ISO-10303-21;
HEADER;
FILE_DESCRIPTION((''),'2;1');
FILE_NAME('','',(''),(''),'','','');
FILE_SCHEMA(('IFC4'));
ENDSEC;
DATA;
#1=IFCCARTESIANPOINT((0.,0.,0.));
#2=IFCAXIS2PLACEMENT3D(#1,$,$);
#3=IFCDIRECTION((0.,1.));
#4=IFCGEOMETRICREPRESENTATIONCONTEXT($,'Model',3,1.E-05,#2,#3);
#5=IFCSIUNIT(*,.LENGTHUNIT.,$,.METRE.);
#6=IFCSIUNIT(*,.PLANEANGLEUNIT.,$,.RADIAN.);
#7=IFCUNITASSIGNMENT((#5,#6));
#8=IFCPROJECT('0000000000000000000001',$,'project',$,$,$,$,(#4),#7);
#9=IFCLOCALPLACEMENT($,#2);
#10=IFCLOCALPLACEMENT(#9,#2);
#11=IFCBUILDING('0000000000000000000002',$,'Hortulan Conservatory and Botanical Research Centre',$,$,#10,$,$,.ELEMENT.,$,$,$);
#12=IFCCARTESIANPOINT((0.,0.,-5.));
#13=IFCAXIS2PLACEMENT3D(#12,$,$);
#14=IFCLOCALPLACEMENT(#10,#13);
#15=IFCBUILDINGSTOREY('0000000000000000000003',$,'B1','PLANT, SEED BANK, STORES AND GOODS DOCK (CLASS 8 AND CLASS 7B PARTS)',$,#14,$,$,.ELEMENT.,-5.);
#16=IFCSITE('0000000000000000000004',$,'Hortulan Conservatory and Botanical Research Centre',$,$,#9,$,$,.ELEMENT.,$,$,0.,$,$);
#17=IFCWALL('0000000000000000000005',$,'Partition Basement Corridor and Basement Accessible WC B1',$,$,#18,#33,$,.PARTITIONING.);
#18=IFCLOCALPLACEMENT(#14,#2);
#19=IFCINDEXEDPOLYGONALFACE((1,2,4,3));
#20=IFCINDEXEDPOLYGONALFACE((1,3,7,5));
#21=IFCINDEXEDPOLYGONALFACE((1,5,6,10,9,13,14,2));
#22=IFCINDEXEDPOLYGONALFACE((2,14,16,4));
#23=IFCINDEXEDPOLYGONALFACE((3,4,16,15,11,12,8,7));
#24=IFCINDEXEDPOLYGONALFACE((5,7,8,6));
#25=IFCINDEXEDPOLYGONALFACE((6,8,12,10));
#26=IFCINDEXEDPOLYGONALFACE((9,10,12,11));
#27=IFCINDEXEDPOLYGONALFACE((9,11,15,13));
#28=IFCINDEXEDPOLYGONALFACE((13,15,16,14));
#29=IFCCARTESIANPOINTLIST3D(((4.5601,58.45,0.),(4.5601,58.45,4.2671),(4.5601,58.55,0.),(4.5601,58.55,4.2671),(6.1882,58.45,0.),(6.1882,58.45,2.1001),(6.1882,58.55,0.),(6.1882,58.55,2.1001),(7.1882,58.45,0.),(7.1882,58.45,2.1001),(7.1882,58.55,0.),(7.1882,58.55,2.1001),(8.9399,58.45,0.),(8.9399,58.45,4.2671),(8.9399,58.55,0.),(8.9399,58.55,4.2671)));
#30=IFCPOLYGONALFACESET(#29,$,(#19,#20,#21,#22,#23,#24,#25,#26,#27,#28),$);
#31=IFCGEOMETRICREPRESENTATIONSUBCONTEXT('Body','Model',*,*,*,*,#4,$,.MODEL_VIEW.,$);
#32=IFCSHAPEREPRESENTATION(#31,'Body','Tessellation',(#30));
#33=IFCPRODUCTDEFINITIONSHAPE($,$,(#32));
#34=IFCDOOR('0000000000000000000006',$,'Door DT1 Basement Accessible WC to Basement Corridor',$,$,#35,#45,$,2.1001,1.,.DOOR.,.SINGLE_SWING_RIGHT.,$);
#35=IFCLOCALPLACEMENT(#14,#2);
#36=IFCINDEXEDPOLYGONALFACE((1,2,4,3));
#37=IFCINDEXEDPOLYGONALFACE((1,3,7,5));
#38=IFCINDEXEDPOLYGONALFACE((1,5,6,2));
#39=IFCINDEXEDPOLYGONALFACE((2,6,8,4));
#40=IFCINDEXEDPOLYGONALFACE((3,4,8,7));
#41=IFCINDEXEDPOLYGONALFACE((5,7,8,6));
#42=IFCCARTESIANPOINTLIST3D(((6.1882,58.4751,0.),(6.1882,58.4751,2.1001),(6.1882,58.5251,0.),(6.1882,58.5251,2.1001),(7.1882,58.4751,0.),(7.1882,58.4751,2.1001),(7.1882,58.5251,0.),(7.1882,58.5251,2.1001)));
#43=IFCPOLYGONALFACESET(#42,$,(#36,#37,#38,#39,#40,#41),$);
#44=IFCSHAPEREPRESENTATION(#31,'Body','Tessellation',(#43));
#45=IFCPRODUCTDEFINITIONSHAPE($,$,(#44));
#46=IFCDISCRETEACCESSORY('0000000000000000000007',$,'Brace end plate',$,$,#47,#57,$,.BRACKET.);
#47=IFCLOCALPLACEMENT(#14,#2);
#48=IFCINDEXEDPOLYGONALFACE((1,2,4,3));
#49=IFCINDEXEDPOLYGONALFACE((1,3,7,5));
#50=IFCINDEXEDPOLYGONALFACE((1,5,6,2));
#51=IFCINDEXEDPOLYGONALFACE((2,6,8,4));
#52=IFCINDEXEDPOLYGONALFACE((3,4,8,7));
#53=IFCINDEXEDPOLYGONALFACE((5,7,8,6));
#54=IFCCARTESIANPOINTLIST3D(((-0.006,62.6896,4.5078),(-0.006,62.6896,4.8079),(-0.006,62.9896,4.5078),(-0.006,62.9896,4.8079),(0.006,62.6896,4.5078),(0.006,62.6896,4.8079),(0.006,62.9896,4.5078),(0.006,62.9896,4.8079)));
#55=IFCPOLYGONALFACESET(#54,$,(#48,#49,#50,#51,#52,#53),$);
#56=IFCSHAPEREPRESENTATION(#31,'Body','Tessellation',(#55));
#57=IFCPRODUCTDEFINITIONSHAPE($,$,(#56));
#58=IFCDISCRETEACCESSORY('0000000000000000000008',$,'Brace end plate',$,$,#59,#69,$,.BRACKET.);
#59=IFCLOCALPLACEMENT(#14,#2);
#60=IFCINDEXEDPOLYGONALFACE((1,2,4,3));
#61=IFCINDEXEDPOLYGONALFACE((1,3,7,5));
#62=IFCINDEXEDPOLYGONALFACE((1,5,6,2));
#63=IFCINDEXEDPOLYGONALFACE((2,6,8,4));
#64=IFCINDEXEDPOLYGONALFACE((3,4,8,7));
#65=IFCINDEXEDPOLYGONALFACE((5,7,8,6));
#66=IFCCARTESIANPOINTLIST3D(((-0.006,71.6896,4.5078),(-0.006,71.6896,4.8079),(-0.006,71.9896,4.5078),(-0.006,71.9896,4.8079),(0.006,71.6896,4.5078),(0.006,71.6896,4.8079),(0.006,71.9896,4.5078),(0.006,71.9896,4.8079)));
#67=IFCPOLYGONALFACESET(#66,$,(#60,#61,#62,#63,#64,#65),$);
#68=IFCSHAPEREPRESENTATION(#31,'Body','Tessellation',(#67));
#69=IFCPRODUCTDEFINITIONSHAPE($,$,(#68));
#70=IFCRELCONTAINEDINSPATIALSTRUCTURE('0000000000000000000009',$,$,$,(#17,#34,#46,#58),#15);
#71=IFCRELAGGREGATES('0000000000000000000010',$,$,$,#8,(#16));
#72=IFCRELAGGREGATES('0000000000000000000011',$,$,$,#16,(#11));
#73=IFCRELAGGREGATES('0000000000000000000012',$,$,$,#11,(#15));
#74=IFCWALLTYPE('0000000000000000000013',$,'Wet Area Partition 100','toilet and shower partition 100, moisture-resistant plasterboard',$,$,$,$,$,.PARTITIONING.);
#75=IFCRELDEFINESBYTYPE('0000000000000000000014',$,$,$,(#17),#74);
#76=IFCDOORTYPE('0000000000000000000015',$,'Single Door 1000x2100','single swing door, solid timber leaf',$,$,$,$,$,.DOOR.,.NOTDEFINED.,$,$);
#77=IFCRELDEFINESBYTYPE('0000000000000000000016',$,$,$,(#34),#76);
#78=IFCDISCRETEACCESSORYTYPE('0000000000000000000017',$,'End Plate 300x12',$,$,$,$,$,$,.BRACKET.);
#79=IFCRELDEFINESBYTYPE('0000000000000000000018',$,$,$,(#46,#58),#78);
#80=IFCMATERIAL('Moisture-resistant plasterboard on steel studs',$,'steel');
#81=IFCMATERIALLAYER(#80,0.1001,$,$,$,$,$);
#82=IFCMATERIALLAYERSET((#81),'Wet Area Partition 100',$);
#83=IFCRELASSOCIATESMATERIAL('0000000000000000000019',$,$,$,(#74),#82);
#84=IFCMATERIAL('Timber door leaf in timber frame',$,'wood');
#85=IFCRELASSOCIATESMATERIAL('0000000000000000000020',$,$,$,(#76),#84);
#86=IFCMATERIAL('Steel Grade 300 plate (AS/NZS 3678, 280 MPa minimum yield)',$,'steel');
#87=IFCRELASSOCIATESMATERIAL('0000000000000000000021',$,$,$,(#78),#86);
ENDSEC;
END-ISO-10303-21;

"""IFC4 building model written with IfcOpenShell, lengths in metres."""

from ifc_helpers import new_model, si_unit, direction, frame, frame_2d, origin, origin_2d, place, context, subcontext, project, spatial, rectangle, extrude, material, layer, layer_set, type_object, element, fill, save


model = new_model("IFC4")

# Units and contexts
model_context = context("Model", 3, precision=1e-05, world=origin(), true_north=direction((0.0, 1.0)))
body_context = subcontext(model_context, "Body", "Model", "MODEL_VIEW")
ifc_project = project(units=[si_unit("LENGTHUNIT", "METRE"), si_unit("PLANEANGLEUNIT", "RADIAN")], contexts=[model_context])

# Site, building, storey
site_placement = place(None, origin())
site = spatial("IfcSite", under=ifc_project, at=site_placement, Name="Hortulan Conservatory and Botanical Research Centre", CompositionType="ELEMENT", RefElevation=0.0)
building_placement = place(site_placement, origin())
building = spatial("IfcBuilding", under=site, at=building_placement, Name="Hortulan Conservatory and Botanical Research Centre", CompositionType="ELEMENT")
storey_placement = place(building_placement, frame((0.0, 0.0, -5.0)))
storey = spatial("IfcBuildingStorey", under=building, at=storey_placement, Name="B1", Description="PLANT, SEED BANK, STORES AND GOODS DOCK (CLASS 8 AND CLASS 7B PARTS)", CompositionType="ELEMENT", Elevation=-5.0)

# Wall, opening, door
ifc_material_1 = material(Name="Moisture-resistant plasterboard on steel studs", Category="steel")
ifc_layer_1 = layer(ifc_material_1, 0.1001)
ifc_layer_set_1 = layer_set([ifc_layer_1], Name="Wet Area Partition 100")
wall_type_1 = type_object("IfcWallType", Name="Wet Area Partition 100", Description="toilet and shower partition 100, moisture-resistant plasterboard", PredefinedType="PARTITIONING", material=ifc_layer_set_1)
ifc_material_2 = material(Name="Timber door leaf in timber frame", Category="wood")
door_type_1 = type_object("IfcDoorType", Name="Single Door 1000x2100", Description="single swing door, solid timber leaf", OperationType="NOTDEFINED", PredefinedType="DOOR", material=ifc_material_2)
wall_1_placement = place(storey_placement, frame((4.5601, 58.5, 0.0), z_axis=(0.0, 0.0, 1.0), x_axis=(1.0, 0.0, 0.0)))
wall_1 = element("IfcWall", 1, at=wall_1_placement, inside=storey, type_object=wall_type_1, Name="Partition Basement Corridor and Basement Accessible WC B1", PredefinedType="PARTITIONING", context=body_context, shape_type="SweptSolid", body=[
    extrude(rectangle(XDim=4.3799, YDim=0.1001, at=frame_2d((2.1899, 0.0))), origin(), (0.0, 0.0, 1.0), 4.2671),
])
opening_1_placement = place(wall_1_placement, frame((1.6282, 0.0, 0.0)))
opening_1 = element("IfcOpeningElement", 2, at=opening_1_placement, cuts=wall_1, PredefinedType="OPENING", context=body_context, shape_type="SweptSolid", body=[
    extrude(rectangle(XDim=1.0, YDim=2.1001, at=frame_2d((0.5, 1.05))), frame((0.0, 0.0601, 0.0), z_axis=(0.0, -1.0, 0.0), x_axis=(1.0, 0.0, 0.0)), (0.0, 0.0, 1.0), 0.1201),
])
door_1_placement = place(opening_1_placement, frame((1.0, 0.0, 0.0), z_axis=(0.0, 0.0, 1.0), x_axis=(-1.0, 0.0, 0.0)))
door_1 = element("IfcDoor", 3, at=door_1_placement, inside=storey, type_object=door_type_1, Name="Door DT1 Basement Accessible WC to Basement Corridor", OperationType="SINGLE_SWING_RIGHT", OverallHeight=2.1001, OverallWidth=1.0, PredefinedType="DOOR", context=body_context, shape_type="SweptSolid", body=[
    extrude(rectangle(XDim=1.0, YDim=2.1001, at=frame_2d((0.5, 1.05))), frame((0.0, 0.0249, 0.0), z_axis=(0.0, -1.0, 0.0), x_axis=(1.0, 0.0, 0.0)), (0.0, 0.0, 1.0), 0.05),
])
fill(opening_1, door_1)

# Discrete accessories
ifc_material_3 = material(Name="Steel Grade 300 plate (AS/NZS 3678, 280 MPa minimum yield)", Category="steel")
discrete_accessory_type = type_object("IfcDiscreteAccessoryType", Name="End Plate 300x12", PredefinedType="BRACKET", material=ifc_material_3)
for number, where, z_axis, x_axis, name in (
    (4, (0.0, 62.8396, 4.5078), (0.0, 0.0, 1.0), (0.0, -1.0, 0.0), "Brace end plate"),
    (5, (0.0, 71.8396, 4.5078), (0.0, 0.0, 1.0), (0.0, -1.0, 0.0), "Brace end plate"),
):
    element("IfcDiscreteAccessory", number, at=place(storey_placement, frame(where, z_axis=z_axis, x_axis=x_axis)), inside=storey, type_object=discrete_accessory_type, Name=name, PredefinedType="BRACKET", context=body_context, shape_type="SweptSolid", body=[
        extrude(rectangle(XDim=0.3, YDim=0.012, at=origin_2d()), origin(), (0.0, 0.0, 1.0), 0.3),
    ])

save(model, "model.ifc")
